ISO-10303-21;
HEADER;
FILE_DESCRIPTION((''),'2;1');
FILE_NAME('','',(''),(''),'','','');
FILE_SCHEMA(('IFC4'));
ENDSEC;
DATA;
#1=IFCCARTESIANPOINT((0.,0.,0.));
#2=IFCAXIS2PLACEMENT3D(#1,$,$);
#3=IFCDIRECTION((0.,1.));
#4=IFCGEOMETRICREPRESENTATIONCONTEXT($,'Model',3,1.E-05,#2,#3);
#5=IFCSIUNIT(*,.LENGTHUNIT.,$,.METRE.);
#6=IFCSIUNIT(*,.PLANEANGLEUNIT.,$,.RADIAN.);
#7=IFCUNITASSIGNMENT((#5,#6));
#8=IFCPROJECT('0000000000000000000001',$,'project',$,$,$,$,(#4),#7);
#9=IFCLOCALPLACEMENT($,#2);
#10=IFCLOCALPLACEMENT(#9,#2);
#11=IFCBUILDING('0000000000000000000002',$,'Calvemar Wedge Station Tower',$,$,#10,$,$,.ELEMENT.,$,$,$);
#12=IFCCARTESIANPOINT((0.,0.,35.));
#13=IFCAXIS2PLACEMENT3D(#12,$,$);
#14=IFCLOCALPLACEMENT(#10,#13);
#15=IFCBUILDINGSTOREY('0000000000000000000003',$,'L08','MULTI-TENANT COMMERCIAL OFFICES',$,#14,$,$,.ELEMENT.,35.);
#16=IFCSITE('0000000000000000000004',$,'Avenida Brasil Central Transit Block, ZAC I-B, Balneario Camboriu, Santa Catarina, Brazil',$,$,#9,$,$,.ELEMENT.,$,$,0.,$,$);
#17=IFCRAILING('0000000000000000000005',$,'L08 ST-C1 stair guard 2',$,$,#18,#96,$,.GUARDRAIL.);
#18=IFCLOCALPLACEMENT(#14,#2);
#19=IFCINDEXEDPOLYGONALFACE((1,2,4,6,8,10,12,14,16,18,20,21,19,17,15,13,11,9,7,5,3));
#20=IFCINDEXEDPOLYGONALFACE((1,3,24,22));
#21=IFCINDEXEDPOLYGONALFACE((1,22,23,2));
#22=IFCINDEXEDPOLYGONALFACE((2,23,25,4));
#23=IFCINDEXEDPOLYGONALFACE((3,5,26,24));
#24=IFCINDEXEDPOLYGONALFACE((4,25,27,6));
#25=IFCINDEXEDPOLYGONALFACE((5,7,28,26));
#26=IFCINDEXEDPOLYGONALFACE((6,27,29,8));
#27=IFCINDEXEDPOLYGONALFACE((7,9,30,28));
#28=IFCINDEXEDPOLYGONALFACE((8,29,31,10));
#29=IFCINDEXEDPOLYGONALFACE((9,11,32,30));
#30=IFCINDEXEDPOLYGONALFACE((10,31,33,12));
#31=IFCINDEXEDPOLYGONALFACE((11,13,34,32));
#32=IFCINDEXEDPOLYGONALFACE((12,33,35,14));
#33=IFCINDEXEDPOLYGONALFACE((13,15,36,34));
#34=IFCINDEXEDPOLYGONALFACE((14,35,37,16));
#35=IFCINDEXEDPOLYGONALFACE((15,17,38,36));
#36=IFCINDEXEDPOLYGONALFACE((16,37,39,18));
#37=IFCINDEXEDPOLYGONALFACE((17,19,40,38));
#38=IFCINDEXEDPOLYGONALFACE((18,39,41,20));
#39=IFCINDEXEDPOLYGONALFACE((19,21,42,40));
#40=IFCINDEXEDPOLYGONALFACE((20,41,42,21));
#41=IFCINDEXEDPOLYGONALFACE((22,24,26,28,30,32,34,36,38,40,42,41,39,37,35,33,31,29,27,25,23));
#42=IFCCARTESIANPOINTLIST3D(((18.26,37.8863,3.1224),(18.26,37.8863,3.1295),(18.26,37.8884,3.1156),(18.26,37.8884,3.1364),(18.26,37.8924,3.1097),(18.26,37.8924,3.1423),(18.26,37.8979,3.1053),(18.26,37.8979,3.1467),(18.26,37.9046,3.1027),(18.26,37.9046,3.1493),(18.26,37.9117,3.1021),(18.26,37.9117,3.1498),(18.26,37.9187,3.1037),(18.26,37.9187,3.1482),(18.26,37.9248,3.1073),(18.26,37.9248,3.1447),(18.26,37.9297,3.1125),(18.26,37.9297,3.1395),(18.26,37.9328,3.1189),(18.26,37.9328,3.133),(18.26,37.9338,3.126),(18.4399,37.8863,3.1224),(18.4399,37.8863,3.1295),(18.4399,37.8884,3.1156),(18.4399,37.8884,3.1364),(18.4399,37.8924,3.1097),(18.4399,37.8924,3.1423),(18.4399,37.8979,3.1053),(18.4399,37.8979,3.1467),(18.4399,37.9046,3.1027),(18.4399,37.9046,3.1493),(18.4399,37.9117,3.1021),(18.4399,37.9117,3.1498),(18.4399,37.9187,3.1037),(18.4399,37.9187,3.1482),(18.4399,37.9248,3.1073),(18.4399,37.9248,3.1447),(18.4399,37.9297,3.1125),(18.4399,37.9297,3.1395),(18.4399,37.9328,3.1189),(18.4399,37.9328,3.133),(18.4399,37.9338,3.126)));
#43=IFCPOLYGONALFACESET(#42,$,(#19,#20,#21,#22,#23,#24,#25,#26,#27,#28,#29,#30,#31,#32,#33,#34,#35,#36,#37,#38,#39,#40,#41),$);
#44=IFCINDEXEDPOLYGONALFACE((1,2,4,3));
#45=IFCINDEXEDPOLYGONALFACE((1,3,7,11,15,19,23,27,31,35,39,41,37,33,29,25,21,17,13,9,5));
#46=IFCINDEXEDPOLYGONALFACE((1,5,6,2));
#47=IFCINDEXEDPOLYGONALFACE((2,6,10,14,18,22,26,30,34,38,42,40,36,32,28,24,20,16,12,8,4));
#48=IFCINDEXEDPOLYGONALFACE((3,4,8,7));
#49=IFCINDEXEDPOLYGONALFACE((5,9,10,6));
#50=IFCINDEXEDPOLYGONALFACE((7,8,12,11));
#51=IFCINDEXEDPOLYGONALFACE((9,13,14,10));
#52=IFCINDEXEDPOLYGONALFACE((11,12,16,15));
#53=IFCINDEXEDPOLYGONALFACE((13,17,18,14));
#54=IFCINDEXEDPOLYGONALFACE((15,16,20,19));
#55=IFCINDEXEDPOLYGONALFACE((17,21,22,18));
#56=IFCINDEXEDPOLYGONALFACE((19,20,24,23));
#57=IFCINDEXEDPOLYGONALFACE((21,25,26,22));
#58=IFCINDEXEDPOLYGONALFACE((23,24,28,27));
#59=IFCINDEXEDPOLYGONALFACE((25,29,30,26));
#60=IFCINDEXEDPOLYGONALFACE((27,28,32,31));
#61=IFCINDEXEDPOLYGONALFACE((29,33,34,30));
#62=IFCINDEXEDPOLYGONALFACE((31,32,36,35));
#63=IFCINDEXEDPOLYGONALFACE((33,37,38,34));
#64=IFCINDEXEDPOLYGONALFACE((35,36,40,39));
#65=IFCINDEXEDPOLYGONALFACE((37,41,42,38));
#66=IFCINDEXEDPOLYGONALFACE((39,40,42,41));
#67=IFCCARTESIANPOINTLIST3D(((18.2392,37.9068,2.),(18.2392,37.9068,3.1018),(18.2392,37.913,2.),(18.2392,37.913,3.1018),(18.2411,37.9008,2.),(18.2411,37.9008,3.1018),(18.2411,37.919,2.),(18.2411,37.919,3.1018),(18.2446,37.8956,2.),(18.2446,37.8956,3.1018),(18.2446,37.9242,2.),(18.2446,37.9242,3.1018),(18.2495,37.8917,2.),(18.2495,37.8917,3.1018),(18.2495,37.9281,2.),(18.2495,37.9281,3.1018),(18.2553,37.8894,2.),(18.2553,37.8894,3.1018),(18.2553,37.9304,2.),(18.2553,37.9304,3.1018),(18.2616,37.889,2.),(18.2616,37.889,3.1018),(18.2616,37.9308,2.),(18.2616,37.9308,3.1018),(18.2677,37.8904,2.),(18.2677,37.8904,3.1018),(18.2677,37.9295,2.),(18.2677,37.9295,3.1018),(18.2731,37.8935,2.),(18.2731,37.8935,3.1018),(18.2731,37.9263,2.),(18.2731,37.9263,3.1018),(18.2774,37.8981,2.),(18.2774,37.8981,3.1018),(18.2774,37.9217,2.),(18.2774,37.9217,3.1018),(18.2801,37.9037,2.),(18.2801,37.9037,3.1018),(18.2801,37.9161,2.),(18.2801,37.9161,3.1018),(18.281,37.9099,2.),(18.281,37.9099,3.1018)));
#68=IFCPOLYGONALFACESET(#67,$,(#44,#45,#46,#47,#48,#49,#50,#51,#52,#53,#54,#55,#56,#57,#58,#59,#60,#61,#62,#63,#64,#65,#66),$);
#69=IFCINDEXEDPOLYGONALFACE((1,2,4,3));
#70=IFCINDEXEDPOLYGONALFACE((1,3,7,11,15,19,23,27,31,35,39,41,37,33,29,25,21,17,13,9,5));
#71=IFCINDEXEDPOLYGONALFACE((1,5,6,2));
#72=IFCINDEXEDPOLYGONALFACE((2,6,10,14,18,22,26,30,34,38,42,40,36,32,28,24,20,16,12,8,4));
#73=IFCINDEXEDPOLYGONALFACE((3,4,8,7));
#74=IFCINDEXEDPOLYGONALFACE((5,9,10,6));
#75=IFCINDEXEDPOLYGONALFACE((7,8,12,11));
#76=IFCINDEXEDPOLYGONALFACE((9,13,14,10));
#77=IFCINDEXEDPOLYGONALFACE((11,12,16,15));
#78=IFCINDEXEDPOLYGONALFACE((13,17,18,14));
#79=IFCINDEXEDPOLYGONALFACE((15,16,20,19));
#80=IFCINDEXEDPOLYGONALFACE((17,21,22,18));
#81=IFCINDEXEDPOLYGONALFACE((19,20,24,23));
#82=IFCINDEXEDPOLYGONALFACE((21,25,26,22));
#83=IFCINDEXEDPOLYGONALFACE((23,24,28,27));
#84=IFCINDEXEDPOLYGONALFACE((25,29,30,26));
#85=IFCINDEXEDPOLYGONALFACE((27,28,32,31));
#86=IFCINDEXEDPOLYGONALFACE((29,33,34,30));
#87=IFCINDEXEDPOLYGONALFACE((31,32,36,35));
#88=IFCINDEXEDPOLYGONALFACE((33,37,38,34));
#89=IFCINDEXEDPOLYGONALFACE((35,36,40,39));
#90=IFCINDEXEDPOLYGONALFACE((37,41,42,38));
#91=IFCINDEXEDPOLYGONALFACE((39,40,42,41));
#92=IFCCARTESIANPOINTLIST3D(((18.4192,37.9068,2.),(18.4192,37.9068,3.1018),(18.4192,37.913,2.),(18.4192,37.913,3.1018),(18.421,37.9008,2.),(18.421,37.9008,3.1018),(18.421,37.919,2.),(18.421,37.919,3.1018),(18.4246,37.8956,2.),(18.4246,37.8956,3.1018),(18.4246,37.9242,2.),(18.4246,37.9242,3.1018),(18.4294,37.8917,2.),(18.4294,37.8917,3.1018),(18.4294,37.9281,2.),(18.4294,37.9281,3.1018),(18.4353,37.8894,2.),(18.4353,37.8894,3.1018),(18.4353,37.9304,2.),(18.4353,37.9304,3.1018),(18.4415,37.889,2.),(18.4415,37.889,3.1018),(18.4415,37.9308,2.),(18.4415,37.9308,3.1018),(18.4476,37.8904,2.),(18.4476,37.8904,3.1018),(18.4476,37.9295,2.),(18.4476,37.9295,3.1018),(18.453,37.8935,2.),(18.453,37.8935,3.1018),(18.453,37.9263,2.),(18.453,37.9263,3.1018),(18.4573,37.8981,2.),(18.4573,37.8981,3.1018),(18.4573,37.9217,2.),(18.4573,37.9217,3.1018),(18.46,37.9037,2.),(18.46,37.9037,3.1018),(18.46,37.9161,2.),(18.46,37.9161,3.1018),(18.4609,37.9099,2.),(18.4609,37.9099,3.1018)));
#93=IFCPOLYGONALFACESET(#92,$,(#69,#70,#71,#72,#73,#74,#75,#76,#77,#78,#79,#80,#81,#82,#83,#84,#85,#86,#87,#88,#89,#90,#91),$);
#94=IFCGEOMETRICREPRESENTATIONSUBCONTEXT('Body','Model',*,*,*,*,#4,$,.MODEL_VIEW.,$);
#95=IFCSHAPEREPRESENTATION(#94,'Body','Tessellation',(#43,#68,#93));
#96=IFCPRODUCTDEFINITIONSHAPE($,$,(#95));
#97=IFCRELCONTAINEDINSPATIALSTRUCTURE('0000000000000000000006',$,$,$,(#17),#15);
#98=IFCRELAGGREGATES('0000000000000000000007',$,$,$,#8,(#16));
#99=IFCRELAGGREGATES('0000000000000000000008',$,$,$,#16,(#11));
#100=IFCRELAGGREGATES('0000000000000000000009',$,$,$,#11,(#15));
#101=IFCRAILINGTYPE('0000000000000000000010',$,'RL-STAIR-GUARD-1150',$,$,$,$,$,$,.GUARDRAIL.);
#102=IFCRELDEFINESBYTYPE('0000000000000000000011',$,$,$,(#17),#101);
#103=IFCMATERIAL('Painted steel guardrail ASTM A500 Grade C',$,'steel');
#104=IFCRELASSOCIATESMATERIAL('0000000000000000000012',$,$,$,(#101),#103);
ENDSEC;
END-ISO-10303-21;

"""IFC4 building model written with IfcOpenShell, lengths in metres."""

from ifc_helpers import new_model, si_unit, direction, frame, origin, origin_2d, place, context, subcontext, project, spatial, circle, extrude, material, type_object, element, save


model = new_model("IFC4")

# Units and contexts
model_context = context("Model", 3, precision=1e-05, world=origin(), true_north=direction((0.0, 1.0)))
body_context = subcontext(model_context, "Body", "Model", "MODEL_VIEW")
ifc_project = project(units=[si_unit("LENGTHUNIT", "METRE"), si_unit("PLANEANGLEUNIT", "RADIAN")], contexts=[model_context])

# Site, building, storey
site_placement = place(None, origin())
site = spatial("IfcSite", under=ifc_project, at=site_placement, Name="Avenida Brasil Central Transit Block, ZAC I-B, Balneario Camboriu, Santa Catarina, Brazil", CompositionType="ELEMENT", RefElevation=0.0)
building_placement = place(site_placement, origin())
building = spatial("IfcBuilding", under=site, at=building_placement, Name="Calvemar Wedge Station Tower", CompositionType="ELEMENT")
storey_placement = place(building_placement, frame((0.0, 0.0, 35.0)))
storey = spatial("IfcBuildingStorey", under=building, at=storey_placement, Name="L08", Description="MULTI-TENANT COMMERCIAL OFFICES", CompositionType="ELEMENT", Elevation=35.0)

# Railing
ifc_material_1 = material(Name="Painted steel guardrail ASTM A500 Grade C", Category="steel")
railing_type_1 = type_object("IfcRailingType", Name="RL-STAIR-GUARD-1150", PredefinedType="GUARDRAIL", material=ifc_material_1)
railing_1_placement = place(storey_placement, frame((18.26, 37.9099, 2.0)))
element("IfcRailing", 1, at=railing_1_placement, inside=storey, type_object=railing_type_1, Name="L08 ST-C1 stair guard 2", PredefinedType="GUARDRAIL", context=body_context, shape_type="SweptSolid", body=[
    extrude(circle(Radius=0.0239, at=origin_2d()), frame((0.0, 0.0, 1.126), z_axis=(1.0, 0.0, 0.0), x_axis=(0.0, 1.0, 0.0)), (0.0, 0.0, 1.0), 0.1799),
    extrude(circle(Radius=0.021, at=origin_2d()), origin(), (0.0, 0.0, 1.0), 1.1018),
    extrude(circle(Radius=0.021, at=origin_2d()), frame((0.1799, 0.0, 0.0)), (0.0, 0.0, 1.0), 1.1018),
])

save(model, "model.ifc")
